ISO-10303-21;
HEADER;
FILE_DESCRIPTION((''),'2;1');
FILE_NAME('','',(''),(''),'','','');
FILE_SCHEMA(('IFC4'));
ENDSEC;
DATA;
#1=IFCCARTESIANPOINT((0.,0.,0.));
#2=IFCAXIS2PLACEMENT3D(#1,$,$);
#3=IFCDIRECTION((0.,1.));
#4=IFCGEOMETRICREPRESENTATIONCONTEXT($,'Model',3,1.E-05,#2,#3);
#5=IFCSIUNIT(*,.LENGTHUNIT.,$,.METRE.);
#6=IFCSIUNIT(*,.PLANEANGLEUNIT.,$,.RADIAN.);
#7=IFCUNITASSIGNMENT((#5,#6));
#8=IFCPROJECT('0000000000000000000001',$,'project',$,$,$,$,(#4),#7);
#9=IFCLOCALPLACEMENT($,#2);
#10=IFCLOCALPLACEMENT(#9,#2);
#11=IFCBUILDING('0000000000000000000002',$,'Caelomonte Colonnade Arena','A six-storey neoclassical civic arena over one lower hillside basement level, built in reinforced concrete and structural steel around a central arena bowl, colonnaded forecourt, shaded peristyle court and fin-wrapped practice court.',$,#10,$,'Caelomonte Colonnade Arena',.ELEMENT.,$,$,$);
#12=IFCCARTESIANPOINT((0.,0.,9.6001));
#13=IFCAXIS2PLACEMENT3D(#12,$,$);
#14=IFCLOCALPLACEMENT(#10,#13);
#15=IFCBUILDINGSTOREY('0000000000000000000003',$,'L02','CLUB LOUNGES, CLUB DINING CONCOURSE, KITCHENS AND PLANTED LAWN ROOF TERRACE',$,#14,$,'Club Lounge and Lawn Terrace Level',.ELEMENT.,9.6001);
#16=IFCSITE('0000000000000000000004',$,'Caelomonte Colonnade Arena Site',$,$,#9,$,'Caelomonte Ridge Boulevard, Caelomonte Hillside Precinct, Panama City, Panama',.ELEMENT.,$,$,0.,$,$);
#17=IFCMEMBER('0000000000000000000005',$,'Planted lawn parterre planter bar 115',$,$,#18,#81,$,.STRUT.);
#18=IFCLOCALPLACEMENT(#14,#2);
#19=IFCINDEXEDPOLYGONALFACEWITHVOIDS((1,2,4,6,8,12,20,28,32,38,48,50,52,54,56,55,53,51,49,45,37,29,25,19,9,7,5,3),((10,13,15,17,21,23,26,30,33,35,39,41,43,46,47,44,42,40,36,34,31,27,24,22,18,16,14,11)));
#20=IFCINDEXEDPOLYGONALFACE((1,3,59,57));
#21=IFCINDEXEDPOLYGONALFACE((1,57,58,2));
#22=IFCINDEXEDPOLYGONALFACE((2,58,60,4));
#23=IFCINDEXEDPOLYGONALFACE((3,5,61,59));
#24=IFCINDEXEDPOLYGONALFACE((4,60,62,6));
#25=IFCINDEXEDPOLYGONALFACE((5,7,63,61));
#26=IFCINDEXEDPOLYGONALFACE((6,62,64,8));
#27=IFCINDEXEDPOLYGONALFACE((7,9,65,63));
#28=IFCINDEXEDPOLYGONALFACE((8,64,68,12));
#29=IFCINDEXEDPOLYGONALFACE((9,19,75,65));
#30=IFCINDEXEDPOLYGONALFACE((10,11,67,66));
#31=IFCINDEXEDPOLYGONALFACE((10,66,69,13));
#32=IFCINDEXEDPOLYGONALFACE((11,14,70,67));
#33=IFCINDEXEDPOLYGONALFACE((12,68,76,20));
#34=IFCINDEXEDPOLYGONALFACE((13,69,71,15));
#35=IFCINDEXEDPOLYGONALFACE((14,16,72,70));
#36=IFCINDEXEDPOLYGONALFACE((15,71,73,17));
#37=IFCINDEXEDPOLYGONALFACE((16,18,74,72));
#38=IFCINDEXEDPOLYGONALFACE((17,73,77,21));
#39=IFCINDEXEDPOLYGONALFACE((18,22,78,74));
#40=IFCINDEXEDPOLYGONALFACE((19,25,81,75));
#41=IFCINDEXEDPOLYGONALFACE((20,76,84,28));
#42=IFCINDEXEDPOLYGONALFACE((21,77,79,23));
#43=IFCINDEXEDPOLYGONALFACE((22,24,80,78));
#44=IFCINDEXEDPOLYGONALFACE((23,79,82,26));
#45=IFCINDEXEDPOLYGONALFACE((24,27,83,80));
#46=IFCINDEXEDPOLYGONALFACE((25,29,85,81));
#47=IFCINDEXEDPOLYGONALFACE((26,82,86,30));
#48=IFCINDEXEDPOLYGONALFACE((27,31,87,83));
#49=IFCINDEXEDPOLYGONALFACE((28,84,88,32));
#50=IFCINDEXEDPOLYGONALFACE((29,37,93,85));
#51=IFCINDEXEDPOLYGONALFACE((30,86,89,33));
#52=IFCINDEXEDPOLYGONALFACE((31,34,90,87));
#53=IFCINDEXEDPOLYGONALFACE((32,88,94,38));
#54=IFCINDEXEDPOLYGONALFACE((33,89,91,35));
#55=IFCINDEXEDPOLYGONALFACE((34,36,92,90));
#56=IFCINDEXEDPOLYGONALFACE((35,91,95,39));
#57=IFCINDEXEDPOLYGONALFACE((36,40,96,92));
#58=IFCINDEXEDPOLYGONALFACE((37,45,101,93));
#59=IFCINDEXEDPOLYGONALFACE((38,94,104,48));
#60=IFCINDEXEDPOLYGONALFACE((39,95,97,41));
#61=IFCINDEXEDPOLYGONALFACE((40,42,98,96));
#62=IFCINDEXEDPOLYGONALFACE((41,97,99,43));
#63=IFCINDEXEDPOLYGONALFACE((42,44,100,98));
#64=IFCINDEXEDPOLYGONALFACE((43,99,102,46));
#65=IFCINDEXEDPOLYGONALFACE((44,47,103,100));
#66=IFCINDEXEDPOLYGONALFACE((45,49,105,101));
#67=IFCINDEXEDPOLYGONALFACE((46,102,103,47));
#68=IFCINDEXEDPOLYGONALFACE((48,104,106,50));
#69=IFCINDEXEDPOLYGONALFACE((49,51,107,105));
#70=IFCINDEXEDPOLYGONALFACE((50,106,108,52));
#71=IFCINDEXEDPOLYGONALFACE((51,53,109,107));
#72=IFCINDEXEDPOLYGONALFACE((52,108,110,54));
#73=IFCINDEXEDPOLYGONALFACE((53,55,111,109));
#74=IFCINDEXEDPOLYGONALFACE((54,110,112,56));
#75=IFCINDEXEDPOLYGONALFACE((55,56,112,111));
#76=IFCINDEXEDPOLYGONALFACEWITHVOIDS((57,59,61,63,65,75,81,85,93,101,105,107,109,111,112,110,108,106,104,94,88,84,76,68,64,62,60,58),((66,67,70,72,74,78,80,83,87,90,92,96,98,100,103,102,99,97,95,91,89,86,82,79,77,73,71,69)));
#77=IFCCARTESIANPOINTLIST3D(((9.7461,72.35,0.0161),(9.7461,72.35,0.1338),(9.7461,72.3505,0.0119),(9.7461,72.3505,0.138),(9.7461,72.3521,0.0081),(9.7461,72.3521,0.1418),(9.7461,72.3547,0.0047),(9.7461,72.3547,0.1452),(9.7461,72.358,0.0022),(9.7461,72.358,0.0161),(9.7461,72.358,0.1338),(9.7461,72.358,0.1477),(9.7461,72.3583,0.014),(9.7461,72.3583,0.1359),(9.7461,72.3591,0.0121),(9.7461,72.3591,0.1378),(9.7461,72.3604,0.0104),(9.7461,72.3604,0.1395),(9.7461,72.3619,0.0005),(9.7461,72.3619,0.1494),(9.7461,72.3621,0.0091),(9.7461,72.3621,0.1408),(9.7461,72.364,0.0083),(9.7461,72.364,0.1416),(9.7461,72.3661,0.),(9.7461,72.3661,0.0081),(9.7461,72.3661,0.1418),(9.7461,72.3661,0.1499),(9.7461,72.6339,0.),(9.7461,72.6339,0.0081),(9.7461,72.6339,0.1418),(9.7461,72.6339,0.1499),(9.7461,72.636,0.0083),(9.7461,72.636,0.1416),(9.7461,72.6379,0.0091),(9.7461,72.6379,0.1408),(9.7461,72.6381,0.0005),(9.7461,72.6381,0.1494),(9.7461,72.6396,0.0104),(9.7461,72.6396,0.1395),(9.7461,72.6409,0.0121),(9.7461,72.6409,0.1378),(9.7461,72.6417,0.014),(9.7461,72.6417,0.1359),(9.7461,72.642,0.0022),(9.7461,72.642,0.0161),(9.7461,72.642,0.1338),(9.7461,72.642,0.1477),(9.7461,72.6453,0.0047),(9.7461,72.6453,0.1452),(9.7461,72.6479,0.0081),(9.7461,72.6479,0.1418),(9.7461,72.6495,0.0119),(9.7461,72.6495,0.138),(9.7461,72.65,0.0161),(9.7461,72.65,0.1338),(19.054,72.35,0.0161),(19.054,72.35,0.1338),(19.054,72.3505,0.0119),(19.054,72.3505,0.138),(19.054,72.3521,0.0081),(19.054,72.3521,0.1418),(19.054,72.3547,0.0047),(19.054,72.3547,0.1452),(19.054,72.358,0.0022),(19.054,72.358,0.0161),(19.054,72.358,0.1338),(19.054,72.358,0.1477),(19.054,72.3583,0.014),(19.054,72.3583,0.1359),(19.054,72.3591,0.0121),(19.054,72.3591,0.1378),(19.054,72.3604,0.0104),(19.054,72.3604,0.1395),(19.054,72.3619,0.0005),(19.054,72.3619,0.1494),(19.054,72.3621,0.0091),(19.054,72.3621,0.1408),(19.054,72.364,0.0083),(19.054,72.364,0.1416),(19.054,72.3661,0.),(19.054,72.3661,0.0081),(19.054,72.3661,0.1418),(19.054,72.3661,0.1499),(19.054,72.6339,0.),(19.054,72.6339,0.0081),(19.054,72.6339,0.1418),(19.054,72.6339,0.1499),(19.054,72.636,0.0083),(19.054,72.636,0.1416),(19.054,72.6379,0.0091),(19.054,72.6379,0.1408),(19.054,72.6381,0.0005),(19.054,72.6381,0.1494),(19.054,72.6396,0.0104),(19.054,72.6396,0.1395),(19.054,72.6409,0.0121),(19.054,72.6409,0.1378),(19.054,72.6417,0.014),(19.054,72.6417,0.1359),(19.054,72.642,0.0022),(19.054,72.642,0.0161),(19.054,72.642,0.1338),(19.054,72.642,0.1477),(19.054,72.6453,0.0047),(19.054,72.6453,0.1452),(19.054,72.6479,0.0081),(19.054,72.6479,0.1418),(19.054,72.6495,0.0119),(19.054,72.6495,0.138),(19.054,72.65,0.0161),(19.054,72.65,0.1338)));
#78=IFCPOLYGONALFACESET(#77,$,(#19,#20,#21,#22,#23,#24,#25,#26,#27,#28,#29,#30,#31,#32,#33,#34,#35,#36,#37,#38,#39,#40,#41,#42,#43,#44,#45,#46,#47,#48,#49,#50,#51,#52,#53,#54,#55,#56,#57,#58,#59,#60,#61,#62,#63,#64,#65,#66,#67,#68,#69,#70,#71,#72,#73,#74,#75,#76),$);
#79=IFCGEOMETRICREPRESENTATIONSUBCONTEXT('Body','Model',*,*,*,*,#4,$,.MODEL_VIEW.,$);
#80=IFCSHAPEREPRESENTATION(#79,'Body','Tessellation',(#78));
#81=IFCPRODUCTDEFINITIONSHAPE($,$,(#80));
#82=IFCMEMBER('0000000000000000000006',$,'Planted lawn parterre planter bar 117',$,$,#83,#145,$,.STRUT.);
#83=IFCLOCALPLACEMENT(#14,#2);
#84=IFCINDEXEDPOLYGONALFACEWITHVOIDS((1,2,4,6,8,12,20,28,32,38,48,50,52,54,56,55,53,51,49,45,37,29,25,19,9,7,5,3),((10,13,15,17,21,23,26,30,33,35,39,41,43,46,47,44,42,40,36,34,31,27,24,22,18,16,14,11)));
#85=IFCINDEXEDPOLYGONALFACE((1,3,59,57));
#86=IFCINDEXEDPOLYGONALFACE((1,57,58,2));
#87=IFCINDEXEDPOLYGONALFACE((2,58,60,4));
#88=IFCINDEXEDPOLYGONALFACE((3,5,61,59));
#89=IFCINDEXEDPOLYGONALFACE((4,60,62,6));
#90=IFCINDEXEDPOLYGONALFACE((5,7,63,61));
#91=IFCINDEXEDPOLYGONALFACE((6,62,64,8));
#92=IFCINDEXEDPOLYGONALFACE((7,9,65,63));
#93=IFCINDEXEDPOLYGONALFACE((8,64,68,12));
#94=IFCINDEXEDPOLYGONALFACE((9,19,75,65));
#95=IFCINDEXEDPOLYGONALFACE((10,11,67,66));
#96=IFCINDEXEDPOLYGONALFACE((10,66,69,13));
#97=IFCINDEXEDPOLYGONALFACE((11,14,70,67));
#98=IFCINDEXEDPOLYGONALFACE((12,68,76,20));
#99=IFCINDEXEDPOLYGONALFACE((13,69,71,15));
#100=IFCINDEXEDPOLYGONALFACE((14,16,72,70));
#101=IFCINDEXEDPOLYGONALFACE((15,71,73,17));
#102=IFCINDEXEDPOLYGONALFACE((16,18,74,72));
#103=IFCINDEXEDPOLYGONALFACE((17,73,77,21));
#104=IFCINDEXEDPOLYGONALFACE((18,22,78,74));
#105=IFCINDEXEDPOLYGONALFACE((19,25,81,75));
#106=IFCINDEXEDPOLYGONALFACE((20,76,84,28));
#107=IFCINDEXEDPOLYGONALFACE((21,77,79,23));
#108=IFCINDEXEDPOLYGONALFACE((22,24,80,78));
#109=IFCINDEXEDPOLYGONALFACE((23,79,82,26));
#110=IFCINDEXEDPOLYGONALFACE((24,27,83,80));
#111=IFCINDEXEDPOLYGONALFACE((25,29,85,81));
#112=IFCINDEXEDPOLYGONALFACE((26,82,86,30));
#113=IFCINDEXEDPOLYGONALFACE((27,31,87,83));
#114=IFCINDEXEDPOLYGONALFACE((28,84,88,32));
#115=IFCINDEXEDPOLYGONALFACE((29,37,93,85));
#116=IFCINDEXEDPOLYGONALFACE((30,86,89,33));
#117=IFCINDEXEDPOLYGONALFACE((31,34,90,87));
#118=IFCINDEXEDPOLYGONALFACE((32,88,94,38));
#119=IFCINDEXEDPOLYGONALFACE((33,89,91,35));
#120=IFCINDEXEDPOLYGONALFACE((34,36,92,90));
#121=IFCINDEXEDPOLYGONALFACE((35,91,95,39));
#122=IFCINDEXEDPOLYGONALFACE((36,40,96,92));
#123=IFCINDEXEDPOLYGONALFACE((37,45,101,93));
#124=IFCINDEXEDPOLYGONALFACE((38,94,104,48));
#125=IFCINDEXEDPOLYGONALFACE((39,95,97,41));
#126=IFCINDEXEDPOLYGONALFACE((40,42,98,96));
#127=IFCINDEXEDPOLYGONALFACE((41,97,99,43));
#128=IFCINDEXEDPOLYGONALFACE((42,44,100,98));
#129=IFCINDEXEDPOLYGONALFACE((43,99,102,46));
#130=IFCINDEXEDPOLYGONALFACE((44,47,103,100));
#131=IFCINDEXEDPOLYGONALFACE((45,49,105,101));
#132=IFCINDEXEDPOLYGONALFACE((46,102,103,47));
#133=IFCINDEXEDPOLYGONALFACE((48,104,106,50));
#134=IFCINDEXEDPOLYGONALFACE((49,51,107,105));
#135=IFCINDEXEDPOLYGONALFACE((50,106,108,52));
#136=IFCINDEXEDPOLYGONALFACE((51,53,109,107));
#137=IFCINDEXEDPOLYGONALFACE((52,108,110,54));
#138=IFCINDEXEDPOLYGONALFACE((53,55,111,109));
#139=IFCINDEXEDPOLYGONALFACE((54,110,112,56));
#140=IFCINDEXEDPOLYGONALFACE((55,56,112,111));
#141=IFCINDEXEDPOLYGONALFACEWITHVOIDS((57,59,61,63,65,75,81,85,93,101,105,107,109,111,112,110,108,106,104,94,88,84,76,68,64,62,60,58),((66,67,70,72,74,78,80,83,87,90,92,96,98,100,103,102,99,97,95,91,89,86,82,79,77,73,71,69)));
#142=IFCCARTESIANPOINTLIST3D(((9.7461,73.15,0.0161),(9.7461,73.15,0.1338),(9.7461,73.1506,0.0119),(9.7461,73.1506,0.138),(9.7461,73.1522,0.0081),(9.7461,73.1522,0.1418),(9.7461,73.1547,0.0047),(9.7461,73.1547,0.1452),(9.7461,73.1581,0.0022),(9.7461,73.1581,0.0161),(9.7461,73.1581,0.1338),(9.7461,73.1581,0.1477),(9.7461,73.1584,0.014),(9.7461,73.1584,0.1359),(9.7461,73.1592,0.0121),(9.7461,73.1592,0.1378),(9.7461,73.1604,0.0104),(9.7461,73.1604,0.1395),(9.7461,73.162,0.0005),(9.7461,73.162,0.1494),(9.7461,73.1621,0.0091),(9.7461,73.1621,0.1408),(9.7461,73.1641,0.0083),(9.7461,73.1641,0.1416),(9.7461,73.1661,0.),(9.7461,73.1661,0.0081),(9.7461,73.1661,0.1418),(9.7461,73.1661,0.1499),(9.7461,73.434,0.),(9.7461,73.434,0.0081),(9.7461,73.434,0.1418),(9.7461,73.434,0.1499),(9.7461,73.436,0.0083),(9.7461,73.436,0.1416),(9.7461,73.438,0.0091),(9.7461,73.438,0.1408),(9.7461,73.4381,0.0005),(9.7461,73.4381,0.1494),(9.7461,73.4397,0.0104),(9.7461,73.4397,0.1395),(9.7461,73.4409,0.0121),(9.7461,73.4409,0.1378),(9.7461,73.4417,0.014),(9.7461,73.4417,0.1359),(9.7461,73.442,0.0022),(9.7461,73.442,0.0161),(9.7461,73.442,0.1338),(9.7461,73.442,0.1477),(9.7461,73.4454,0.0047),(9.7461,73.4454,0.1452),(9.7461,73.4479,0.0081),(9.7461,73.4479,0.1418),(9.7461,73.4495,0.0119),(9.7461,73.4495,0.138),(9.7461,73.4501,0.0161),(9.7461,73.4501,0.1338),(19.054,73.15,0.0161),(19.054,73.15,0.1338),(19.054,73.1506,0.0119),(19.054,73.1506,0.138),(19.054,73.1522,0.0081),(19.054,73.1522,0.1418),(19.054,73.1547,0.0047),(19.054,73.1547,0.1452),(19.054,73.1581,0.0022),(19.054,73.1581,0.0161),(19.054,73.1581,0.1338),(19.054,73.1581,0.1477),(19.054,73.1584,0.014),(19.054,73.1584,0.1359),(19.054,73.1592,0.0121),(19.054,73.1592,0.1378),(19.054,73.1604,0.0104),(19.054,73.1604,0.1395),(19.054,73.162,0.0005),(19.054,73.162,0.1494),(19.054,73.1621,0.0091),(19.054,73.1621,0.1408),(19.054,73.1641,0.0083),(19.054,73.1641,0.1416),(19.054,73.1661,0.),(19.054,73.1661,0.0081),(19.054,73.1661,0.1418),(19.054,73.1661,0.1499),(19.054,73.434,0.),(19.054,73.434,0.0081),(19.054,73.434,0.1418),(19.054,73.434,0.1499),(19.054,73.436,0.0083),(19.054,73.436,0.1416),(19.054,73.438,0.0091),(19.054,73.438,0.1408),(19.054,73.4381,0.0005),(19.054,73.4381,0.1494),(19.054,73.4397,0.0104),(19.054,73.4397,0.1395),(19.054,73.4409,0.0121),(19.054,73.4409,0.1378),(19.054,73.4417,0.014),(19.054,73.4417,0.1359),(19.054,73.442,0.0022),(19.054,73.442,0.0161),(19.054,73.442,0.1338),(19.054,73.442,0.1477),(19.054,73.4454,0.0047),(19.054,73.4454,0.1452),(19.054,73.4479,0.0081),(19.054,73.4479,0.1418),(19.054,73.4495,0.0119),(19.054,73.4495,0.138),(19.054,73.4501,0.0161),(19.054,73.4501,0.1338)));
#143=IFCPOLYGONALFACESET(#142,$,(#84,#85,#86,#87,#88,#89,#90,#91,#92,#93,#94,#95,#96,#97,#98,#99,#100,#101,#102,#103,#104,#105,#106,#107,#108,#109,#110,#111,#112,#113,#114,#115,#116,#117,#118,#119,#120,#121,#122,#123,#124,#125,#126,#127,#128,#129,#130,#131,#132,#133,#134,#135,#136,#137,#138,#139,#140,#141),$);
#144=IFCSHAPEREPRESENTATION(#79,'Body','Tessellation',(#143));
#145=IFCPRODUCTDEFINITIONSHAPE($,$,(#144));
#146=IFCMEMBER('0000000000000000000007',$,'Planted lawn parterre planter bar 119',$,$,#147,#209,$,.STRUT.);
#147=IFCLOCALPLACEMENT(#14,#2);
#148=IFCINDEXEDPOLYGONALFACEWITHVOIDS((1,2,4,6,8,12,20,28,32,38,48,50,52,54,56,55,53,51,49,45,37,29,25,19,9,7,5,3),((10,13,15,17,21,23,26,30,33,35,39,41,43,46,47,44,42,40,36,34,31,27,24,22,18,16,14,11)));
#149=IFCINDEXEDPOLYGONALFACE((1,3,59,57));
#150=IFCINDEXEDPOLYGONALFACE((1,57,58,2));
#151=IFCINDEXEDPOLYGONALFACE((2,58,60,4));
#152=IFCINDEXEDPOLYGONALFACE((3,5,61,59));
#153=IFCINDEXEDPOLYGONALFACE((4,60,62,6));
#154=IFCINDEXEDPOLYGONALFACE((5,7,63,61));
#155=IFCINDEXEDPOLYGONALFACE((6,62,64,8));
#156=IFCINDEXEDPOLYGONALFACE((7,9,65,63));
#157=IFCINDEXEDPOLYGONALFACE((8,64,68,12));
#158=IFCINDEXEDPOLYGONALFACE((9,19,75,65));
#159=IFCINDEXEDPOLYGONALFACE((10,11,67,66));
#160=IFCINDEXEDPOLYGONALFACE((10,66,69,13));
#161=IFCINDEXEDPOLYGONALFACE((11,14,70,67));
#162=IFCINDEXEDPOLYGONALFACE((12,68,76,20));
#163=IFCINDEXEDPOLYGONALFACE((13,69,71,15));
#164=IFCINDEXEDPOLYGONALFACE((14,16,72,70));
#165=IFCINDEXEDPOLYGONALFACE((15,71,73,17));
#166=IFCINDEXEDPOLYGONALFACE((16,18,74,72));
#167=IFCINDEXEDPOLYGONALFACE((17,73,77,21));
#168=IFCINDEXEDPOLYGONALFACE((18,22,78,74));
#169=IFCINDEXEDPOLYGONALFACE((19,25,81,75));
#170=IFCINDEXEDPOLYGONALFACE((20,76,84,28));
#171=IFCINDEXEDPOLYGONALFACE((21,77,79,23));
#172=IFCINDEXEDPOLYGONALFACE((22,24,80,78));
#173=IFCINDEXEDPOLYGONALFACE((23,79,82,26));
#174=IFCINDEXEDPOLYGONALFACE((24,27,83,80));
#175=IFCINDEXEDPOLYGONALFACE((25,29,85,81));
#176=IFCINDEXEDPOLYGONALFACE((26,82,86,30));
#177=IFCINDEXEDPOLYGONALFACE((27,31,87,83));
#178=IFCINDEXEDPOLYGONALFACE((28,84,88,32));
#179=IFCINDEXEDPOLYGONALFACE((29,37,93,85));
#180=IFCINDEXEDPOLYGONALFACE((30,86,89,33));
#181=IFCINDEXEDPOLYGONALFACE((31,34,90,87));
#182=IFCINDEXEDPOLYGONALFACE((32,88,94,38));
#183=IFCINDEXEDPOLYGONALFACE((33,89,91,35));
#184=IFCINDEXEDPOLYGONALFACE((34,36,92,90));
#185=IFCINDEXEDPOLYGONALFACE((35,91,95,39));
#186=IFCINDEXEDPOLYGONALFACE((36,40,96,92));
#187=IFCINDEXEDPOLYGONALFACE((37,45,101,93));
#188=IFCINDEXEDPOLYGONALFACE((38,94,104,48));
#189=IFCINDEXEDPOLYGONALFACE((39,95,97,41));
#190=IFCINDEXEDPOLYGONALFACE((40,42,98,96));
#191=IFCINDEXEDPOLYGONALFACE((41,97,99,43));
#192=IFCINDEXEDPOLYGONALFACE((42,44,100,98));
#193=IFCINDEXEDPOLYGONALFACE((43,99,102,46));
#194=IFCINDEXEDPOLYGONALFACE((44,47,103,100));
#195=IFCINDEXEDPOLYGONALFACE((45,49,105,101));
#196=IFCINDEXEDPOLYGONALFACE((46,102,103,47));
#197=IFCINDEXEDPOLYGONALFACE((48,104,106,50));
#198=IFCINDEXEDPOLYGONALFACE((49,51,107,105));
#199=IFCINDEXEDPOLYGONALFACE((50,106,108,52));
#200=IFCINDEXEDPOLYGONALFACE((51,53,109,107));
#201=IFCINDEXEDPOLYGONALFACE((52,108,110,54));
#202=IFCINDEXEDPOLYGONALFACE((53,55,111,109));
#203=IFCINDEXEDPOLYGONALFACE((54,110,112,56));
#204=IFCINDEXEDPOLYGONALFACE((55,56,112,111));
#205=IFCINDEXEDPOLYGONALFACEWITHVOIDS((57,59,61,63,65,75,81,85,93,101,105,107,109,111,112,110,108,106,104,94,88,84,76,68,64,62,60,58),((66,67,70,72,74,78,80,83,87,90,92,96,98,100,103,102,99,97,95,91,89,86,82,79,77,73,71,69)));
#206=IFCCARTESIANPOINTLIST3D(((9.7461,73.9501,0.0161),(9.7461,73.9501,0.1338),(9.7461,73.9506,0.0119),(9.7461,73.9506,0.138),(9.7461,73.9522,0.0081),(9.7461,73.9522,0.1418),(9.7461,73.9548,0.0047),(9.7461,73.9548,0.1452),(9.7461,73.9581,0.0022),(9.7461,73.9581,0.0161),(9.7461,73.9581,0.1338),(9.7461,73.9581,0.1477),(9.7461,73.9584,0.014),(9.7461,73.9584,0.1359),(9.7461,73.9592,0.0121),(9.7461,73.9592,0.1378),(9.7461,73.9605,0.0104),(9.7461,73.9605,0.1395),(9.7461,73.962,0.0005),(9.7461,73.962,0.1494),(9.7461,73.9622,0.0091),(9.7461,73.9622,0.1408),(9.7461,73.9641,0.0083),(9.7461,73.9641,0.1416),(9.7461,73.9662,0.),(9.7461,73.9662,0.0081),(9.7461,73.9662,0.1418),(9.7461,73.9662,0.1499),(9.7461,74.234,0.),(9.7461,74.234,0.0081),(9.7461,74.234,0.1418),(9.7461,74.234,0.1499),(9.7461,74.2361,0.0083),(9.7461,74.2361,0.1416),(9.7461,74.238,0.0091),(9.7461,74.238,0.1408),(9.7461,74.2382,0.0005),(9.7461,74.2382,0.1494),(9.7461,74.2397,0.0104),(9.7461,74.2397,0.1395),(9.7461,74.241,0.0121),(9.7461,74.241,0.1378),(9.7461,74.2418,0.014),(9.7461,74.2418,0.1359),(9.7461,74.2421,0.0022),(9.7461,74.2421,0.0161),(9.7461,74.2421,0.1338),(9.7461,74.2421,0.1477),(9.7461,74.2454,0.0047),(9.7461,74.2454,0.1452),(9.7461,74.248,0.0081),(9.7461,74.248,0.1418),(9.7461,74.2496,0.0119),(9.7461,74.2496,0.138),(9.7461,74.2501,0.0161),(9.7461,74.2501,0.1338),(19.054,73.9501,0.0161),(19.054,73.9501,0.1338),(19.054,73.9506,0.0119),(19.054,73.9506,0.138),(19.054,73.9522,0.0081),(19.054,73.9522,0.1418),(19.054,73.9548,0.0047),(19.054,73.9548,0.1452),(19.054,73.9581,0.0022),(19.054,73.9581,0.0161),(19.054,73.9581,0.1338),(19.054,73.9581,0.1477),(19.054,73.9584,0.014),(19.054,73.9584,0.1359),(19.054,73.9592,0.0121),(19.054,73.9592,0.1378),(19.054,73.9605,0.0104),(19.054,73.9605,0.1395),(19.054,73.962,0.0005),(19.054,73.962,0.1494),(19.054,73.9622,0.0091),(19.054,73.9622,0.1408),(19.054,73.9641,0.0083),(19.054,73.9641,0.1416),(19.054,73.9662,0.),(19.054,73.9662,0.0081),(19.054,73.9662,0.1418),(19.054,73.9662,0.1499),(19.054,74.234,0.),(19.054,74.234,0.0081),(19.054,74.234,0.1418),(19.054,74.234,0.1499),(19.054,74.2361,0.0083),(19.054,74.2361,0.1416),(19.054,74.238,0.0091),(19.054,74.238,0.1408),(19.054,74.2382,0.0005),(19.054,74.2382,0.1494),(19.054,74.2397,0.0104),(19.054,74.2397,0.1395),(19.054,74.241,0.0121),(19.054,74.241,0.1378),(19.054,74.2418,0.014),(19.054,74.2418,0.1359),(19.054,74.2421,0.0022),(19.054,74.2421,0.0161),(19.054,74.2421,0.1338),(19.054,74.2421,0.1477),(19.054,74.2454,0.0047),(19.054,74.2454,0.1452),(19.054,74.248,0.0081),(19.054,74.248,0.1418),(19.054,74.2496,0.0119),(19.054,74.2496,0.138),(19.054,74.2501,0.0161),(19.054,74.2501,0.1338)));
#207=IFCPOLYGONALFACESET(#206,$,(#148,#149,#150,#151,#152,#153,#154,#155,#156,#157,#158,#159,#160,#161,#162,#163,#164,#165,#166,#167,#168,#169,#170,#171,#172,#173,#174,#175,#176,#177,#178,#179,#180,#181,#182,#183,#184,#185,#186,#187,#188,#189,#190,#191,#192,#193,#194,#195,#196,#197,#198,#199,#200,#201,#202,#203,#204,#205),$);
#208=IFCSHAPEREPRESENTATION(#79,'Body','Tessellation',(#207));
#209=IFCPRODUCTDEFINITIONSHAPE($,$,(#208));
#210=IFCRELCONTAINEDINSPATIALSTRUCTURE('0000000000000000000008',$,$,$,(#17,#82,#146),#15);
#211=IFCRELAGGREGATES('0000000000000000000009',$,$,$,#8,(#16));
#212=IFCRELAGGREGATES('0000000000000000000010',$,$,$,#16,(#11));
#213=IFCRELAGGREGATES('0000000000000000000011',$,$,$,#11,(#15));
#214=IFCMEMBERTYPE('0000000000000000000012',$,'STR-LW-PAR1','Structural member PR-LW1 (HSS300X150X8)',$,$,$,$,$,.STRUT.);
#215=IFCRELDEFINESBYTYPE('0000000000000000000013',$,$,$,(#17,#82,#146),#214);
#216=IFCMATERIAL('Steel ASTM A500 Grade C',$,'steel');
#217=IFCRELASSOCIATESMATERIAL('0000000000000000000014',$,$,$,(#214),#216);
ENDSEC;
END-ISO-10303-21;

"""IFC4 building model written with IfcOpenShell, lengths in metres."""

from ifc_helpers import new_model, si_unit, direction, frame, origin, origin_2d, place, context, subcontext, project, spatial, hollow_rectangle, extrude, material, material_profile, profile_set, type_object, element, save


model = new_model("IFC4")

# Units and contexts
model_context = context("Model", 3, precision=1e-05, world=origin(), true_north=direction((0.0, 1.0)))
body_context = subcontext(model_context, "Body", "Model", "MODEL_VIEW")
ifc_project = project(units=[si_unit("LENGTHUNIT", "METRE"), si_unit("PLANEANGLEUNIT", "RADIAN")], contexts=[model_context])

# Site, building, storey
site_placement = place(None, origin())
site = spatial("IfcSite", under=ifc_project, at=site_placement, Name="Caelomonte Colonnade Arena Site", LongName="Caelomonte Ridge Boulevard, Caelomonte Hillside Precinct, Panama City, Panama", CompositionType="ELEMENT", RefElevation=0.0)
building_placement = place(site_placement, origin())
building = spatial("IfcBuilding", under=site, at=building_placement, Name="Caelomonte Colonnade Arena", Description="A six-storey neoclassical civic arena over one lower hillside basement level, built in reinforced concrete and structural steel around a central arena bowl, colonnaded forecourt, shaded peristyle court and fin-wrapped practice court.", LongName="Caelomonte Colonnade Arena", CompositionType="ELEMENT")
storey_placement = place(building_placement, frame((0.0, 0.0, 9.6001)))
storey = spatial("IfcBuildingStorey", under=building, at=storey_placement, Name="L02", Description="CLUB LOUNGES, CLUB DINING CONCOURSE, KITCHENS AND PLANTED LAWN ROOF TERRACE", LongName="Club Lounge and Lawn Terrace Level", CompositionType="ELEMENT", Elevation=9.6001)

# Members
ifc_material_1 = material(Name="Steel ASTM A500 Grade C", Category="steel")
ifc_material_profile_1 = material_profile(ifc_material_1, hollow_rectangle(XDim=0.3, YDim=0.1499, WallThickness=0.0081, InnerFilletRadius=0.0081, OuterFilletRadius=0.0161, at=origin_2d()), Name="HSS300X150X8")
ifc_profile_set_1 = profile_set([ifc_material_profile_1], Name="Steel ASTM A500 Grade C")
member_type = type_object("IfcMemberType", Name="STR-LW-PAR1", Description="Structural member PR-LW1 (HSS300X150X8)", PredefinedType="STRUT", material=ifc_profile_set_1)
for number, where, z_axis, x_axis, name in (
    (1, (9.7461, 72.5, 0.075), (1.0, 0.0, 0.0), (0.0, 1.0, 0.0), "Planted lawn parterre planter bar 115"),
    (2, (9.7461, 73.3, 0.075), (1.0, 0.0, 0.0), (0.0, 1.0, 0.0), "Planted lawn parterre planter bar 117"),
    (3, (9.7461, 74.1001, 0.075), (1.0, 0.0, 0.0), (0.0, 1.0, 0.0), "Planted lawn parterre planter bar 119"),
):
    element("IfcMember", number, at=place(storey_placement, frame(where, z_axis=z_axis, x_axis=x_axis)), inside=storey, type_object=member_type, Name=name, PredefinedType="STRUT", context=body_context, shape_type="SweptSolid", body=[
        extrude(hollow_rectangle(XDim=0.3, YDim=0.1499, WallThickness=0.0081, InnerFilletRadius=0.0081, OuterFilletRadius=0.0161, at=origin_2d()), origin(), (0.0, 0.0, 1.0), 9.3079),
    ])

save(model, "model.ifc")
